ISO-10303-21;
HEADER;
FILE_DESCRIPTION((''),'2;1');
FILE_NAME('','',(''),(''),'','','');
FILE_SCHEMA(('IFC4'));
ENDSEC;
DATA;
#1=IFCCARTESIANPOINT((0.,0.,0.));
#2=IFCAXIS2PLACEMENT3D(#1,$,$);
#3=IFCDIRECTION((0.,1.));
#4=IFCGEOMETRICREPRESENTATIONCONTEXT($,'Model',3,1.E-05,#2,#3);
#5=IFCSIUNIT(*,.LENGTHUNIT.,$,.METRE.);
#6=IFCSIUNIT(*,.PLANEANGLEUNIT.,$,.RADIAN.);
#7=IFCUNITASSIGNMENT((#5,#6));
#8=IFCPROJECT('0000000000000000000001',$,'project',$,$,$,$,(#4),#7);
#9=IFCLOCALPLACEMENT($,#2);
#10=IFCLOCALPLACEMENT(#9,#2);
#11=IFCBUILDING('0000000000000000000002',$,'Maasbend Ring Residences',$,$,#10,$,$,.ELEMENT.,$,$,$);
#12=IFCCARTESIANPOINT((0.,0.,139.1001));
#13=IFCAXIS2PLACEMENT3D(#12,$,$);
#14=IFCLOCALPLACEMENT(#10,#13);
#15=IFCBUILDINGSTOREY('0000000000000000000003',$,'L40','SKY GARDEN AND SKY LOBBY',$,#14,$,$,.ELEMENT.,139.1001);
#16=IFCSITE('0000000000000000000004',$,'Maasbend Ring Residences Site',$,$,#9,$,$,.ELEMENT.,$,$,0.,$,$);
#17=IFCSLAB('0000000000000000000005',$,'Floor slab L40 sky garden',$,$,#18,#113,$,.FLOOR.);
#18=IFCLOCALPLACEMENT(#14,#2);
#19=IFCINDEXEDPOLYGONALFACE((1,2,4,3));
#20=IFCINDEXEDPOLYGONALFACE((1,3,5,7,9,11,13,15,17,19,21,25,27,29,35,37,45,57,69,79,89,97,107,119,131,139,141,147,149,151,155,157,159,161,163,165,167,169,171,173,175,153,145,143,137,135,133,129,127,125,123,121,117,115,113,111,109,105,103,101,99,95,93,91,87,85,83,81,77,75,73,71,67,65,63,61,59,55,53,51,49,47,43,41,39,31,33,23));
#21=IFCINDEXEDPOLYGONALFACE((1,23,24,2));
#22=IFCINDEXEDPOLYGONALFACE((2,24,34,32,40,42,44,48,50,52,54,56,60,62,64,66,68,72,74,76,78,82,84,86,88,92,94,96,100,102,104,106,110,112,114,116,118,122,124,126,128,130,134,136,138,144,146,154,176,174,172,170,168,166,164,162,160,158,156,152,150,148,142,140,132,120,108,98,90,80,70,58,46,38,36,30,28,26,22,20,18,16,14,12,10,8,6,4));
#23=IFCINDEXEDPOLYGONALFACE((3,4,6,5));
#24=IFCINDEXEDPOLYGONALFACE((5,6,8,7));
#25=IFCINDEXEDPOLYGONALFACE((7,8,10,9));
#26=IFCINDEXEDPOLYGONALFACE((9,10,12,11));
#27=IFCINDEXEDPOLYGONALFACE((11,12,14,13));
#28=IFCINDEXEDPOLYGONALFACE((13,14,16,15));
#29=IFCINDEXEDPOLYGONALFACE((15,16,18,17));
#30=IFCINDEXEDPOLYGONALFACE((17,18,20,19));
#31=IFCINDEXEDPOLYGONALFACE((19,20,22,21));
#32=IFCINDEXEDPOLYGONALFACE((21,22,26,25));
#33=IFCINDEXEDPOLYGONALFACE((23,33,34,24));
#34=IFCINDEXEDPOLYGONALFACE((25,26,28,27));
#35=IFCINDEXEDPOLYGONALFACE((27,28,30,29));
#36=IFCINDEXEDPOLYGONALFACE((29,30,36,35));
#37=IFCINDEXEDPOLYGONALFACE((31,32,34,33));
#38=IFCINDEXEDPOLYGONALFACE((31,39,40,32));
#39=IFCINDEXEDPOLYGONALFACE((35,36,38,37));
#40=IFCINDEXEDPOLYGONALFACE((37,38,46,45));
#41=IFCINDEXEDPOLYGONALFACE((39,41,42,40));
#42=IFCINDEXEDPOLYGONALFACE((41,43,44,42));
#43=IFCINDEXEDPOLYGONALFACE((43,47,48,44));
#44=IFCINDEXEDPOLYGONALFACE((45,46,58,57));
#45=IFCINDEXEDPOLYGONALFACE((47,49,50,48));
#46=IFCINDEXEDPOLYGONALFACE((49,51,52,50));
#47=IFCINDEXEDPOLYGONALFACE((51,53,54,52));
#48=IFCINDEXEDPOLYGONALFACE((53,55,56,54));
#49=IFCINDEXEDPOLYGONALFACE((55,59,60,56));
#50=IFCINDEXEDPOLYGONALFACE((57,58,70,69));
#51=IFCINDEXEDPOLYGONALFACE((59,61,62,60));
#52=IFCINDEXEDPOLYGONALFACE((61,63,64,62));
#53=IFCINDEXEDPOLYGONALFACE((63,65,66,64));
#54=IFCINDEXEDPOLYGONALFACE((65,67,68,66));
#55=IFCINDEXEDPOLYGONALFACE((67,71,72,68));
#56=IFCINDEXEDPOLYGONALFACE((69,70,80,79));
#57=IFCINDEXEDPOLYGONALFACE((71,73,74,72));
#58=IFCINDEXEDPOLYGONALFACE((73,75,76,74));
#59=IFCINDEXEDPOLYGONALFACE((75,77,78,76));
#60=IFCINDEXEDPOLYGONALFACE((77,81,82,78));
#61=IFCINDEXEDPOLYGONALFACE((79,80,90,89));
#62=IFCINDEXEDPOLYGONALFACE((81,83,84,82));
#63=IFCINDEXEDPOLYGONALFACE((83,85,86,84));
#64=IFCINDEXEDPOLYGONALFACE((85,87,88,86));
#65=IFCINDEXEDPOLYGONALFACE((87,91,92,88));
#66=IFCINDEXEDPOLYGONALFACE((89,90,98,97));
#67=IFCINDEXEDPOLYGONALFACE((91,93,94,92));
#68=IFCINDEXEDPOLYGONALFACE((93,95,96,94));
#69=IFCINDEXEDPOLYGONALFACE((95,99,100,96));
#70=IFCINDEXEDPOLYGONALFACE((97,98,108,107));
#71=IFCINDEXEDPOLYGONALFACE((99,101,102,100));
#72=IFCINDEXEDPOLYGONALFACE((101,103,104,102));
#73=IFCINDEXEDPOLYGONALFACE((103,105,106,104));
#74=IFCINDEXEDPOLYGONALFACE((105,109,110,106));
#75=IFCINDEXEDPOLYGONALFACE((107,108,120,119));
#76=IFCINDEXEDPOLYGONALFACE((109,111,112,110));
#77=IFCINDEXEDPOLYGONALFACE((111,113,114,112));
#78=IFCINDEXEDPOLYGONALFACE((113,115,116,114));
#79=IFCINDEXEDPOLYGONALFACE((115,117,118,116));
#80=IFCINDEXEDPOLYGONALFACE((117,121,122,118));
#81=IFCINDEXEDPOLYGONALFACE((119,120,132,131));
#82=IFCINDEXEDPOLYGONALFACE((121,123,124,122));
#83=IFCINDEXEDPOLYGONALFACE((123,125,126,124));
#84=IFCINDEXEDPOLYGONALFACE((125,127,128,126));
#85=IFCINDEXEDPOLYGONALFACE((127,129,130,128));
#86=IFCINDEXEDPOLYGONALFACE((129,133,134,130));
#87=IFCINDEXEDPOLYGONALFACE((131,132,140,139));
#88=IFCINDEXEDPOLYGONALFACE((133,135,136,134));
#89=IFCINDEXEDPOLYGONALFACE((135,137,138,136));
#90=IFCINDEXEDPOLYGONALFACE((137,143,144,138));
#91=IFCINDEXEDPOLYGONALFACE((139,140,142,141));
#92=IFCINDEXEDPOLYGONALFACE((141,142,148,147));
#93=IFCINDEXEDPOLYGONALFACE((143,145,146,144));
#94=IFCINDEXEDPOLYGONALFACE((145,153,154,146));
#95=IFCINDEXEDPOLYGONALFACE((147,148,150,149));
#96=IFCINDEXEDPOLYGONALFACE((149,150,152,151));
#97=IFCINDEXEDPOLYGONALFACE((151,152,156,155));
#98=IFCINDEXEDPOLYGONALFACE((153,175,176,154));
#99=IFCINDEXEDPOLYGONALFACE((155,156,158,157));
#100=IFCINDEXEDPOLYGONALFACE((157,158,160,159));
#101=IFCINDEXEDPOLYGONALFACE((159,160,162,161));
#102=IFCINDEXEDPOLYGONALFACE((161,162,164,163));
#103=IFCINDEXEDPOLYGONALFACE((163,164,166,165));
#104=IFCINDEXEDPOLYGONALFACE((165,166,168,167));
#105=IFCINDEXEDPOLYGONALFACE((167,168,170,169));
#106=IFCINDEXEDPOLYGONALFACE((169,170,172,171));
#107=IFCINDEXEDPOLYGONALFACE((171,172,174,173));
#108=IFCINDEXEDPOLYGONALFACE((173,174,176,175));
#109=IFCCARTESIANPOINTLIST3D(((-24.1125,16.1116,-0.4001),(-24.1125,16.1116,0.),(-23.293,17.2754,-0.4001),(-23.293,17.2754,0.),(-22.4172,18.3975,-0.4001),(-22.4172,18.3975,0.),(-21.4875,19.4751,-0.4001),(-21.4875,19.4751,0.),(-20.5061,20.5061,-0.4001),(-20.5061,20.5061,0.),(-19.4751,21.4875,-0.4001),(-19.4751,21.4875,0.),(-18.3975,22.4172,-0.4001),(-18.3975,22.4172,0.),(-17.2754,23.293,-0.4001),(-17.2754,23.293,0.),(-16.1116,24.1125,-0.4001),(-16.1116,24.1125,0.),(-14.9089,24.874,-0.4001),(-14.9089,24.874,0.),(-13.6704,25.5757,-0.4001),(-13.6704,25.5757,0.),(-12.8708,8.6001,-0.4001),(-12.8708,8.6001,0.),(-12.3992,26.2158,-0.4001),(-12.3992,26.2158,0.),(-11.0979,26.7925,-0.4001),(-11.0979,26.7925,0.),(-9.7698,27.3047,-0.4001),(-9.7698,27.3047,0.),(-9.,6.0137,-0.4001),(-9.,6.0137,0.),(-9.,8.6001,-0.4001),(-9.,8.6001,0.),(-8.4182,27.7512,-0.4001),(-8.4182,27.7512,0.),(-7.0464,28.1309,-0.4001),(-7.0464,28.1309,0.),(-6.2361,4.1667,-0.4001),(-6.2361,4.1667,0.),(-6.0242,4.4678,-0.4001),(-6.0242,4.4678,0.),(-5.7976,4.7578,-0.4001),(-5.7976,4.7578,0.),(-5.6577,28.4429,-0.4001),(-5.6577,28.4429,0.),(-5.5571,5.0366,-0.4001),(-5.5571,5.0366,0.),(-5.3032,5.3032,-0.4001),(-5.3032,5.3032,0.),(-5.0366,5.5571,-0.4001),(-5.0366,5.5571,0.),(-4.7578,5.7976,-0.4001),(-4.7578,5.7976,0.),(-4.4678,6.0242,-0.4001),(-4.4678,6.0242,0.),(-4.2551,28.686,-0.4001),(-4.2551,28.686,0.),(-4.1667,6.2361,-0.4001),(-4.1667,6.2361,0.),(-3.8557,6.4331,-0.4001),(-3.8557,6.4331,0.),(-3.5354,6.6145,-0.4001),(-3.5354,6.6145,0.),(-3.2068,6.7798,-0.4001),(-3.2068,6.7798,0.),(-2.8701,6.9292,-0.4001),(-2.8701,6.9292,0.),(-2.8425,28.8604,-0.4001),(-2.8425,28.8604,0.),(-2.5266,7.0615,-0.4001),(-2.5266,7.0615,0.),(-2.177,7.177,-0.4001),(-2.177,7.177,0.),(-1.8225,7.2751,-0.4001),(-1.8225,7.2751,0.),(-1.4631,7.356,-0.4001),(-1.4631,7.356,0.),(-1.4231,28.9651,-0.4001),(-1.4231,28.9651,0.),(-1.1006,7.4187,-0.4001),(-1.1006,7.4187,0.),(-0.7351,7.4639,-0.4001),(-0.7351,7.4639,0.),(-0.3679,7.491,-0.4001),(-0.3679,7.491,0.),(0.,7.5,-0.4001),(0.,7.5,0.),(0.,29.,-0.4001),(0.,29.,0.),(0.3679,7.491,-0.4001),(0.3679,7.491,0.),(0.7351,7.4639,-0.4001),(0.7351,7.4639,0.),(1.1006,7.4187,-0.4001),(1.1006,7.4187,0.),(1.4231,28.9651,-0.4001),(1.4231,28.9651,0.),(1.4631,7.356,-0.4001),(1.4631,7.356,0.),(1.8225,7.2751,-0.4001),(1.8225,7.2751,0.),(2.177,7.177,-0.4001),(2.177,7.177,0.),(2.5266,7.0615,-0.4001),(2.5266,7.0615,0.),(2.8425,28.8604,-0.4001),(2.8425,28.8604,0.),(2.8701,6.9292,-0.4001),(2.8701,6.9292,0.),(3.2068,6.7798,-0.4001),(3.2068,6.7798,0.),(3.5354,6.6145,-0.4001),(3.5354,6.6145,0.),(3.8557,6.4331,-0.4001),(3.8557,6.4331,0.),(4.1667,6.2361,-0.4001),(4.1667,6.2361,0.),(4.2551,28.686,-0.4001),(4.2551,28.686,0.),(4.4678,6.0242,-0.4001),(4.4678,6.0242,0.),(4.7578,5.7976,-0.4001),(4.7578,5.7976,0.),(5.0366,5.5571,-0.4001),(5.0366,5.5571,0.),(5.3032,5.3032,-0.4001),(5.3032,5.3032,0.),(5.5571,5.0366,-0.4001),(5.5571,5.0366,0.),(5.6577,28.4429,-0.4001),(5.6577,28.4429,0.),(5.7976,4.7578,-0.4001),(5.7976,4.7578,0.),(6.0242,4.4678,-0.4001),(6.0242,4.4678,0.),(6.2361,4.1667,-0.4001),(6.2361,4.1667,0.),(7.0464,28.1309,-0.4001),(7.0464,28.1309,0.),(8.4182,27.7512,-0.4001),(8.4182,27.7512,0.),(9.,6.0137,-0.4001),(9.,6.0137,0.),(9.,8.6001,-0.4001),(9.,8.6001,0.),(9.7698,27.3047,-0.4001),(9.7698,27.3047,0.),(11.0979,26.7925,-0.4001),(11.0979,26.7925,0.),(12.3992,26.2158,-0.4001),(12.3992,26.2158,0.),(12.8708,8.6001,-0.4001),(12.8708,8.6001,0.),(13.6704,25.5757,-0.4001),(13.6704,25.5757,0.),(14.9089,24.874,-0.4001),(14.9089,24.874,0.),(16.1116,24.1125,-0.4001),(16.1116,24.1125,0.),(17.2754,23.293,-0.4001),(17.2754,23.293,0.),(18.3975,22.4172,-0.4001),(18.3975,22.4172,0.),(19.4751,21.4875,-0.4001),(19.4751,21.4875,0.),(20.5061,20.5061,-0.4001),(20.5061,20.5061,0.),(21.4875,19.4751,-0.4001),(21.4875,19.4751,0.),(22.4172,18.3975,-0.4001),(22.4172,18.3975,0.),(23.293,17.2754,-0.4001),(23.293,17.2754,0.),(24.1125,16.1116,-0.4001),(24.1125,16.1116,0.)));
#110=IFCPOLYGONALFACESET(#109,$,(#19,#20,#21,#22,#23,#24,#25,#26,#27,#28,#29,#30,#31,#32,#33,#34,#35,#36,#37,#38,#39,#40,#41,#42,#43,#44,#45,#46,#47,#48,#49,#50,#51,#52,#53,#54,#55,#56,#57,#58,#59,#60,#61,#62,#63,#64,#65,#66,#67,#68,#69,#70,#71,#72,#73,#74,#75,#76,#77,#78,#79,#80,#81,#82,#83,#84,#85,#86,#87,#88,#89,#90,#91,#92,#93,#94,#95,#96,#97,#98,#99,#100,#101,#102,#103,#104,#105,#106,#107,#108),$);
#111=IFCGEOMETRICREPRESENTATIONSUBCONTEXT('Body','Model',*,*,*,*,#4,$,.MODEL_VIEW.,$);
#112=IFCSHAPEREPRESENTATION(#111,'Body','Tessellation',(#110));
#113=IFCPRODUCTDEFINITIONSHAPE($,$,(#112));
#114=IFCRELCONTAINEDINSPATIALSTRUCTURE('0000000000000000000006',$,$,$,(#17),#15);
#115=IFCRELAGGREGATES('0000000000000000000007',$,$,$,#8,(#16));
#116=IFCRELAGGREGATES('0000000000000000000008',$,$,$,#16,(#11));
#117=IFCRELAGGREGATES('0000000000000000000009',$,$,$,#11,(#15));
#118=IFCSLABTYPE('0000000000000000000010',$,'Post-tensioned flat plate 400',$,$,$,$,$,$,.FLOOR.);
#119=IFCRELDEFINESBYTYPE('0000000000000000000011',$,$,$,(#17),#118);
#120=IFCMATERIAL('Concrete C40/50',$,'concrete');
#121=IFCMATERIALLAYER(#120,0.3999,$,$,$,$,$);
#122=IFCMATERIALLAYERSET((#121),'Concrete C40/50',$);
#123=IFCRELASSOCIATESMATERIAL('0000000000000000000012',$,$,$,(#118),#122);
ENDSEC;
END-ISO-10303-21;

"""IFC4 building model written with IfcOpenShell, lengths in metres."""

from ifc_helpers import new_model, si_unit, direction, frame, origin, place, context, subcontext, project, spatial, polyline, outline, extrude, material, layer, layer_set, type_object, element, save


model = new_model("IFC4")

# Units and contexts
model_context = context("Model", 3, precision=1e-05, world=origin(), true_north=direction((0.0, 1.0)))
body_context = subcontext(model_context, "Body", "Model", "MODEL_VIEW")
ifc_project = project(units=[si_unit("LENGTHUNIT", "METRE"), si_unit("PLANEANGLEUNIT", "RADIAN")], contexts=[model_context])

# Site, building, storey
site_placement = place(None, origin())
site = spatial("IfcSite", under=ifc_project, at=site_placement, Name="Maasbend Ring Residences Site", CompositionType="ELEMENT", RefElevation=0.0)
building_placement = place(site_placement, origin())
building = spatial("IfcBuilding", under=site, at=building_placement, Name="Maasbend Ring Residences", CompositionType="ELEMENT")
storey_placement = place(building_placement, frame((0.0, 0.0, 139.1001)))
storey = spatial("IfcBuildingStorey", under=building, at=storey_placement, Name="L40", Description="SKY GARDEN AND SKY LOBBY", CompositionType="ELEMENT", Elevation=139.1001)

# Slab
ifc_material_1 = material(Name="Concrete C40/50", Category="concrete")
ifc_layer_1 = layer(ifc_material_1, 0.3999)
ifc_layer_set_1 = layer_set([ifc_layer_1], Name="Concrete C40/50")
slab_type_1 = type_object("IfcSlabType", Name="Post-tensioned flat plate 400", PredefinedType="FLOOR", material=ifc_layer_set_1)
slab_1_placement = place(storey_placement, frame((0.0, 0.0, -0.4001)))
element("IfcSlab", 1, at=slab_1_placement, inside=storey, type_object=slab_type_1, Name="Floor slab L40 sky garden", PredefinedType="FLOOR", context=body_context, shape_type="SweptSolid", body=[
    extrude(outline(polyline([(-24.1125, 16.1116), (-12.8708, 8.6001), (-9.0, 8.6001), (-9.0, 6.0137), (-6.2361, 4.1667), (-6.0242, 4.4678), (-5.7976, 4.7578), (-5.5571, 5.0366), (-5.3032, 5.3032), (-5.0366, 5.5571), (-4.7578, 5.7976), (-4.4678, 6.0242), (-4.1667, 6.2361), (-3.8557, 6.4331), (-3.5354, 6.6145), (-3.2068, 6.7798), (-2.8701, 6.9292), (-2.5266, 7.0615), (-2.177, 7.177), (-1.8225, 7.2751), (-1.4631, 7.356), (-1.1006, 7.4187), (-0.7351, 7.4639), (-0.3679, 7.491), (0.0, 7.5), (0.3679, 7.491), (0.7351, 7.4639), (1.1006, 7.4187), (1.4631, 7.356), (1.8225, 7.2751), (2.177, 7.177), (2.5266, 7.0615), (2.8701, 6.9292), (3.2068, 6.7798), (3.5354, 6.6145), (3.8557, 6.4331), (4.1667, 6.2361), (4.4678, 6.0242), (4.7578, 5.7976), (5.0366, 5.5571), (5.3032, 5.3032), (5.5571, 5.0366), (5.7976, 4.7578), (6.0242, 4.4678), (6.2361, 4.1667), (9.0, 6.0137), (9.0, 8.6001), (12.8708, 8.6001), (24.1125, 16.1116), (23.293, 17.2754), (22.4172, 18.3975), (21.4875, 19.4751), (20.5061, 20.5061), (19.4751, 21.4875), (18.3975, 22.4172), (17.2754, 23.293), (16.1116, 24.1125), (14.9089, 24.874), (13.6704, 25.5757), (12.3992, 26.2158), (11.0979, 26.7925), (9.7698, 27.3047), (8.4182, 27.7512), (7.0464, 28.1309), (5.6577, 28.4429), (4.2551, 28.686), (2.8425, 28.8604), (1.4231, 28.9651), (0.0, 29.0), (-1.4231, 28.9651), (-2.8425, 28.8604), (-4.2551, 28.686), (-5.6577, 28.4429), (-7.0464, 28.1309), (-8.4182, 27.7512), (-9.7698, 27.3047), (-11.0979, 26.7925), (-12.3992, 26.2158), (-13.6704, 25.5757), (-14.9089, 24.874), (-16.1116, 24.1125), (-17.2754, 23.293), (-18.3975, 22.4172), (-19.4751, 21.4875), (-20.5061, 20.5061), (-21.4875, 19.4751), (-22.4172, 18.3975), (-23.293, 17.2754), (-24.1125, 16.1116)])), origin(), (0.0, 0.0, 1.0), 0.4001),
])

save(model, "model.ifc")
